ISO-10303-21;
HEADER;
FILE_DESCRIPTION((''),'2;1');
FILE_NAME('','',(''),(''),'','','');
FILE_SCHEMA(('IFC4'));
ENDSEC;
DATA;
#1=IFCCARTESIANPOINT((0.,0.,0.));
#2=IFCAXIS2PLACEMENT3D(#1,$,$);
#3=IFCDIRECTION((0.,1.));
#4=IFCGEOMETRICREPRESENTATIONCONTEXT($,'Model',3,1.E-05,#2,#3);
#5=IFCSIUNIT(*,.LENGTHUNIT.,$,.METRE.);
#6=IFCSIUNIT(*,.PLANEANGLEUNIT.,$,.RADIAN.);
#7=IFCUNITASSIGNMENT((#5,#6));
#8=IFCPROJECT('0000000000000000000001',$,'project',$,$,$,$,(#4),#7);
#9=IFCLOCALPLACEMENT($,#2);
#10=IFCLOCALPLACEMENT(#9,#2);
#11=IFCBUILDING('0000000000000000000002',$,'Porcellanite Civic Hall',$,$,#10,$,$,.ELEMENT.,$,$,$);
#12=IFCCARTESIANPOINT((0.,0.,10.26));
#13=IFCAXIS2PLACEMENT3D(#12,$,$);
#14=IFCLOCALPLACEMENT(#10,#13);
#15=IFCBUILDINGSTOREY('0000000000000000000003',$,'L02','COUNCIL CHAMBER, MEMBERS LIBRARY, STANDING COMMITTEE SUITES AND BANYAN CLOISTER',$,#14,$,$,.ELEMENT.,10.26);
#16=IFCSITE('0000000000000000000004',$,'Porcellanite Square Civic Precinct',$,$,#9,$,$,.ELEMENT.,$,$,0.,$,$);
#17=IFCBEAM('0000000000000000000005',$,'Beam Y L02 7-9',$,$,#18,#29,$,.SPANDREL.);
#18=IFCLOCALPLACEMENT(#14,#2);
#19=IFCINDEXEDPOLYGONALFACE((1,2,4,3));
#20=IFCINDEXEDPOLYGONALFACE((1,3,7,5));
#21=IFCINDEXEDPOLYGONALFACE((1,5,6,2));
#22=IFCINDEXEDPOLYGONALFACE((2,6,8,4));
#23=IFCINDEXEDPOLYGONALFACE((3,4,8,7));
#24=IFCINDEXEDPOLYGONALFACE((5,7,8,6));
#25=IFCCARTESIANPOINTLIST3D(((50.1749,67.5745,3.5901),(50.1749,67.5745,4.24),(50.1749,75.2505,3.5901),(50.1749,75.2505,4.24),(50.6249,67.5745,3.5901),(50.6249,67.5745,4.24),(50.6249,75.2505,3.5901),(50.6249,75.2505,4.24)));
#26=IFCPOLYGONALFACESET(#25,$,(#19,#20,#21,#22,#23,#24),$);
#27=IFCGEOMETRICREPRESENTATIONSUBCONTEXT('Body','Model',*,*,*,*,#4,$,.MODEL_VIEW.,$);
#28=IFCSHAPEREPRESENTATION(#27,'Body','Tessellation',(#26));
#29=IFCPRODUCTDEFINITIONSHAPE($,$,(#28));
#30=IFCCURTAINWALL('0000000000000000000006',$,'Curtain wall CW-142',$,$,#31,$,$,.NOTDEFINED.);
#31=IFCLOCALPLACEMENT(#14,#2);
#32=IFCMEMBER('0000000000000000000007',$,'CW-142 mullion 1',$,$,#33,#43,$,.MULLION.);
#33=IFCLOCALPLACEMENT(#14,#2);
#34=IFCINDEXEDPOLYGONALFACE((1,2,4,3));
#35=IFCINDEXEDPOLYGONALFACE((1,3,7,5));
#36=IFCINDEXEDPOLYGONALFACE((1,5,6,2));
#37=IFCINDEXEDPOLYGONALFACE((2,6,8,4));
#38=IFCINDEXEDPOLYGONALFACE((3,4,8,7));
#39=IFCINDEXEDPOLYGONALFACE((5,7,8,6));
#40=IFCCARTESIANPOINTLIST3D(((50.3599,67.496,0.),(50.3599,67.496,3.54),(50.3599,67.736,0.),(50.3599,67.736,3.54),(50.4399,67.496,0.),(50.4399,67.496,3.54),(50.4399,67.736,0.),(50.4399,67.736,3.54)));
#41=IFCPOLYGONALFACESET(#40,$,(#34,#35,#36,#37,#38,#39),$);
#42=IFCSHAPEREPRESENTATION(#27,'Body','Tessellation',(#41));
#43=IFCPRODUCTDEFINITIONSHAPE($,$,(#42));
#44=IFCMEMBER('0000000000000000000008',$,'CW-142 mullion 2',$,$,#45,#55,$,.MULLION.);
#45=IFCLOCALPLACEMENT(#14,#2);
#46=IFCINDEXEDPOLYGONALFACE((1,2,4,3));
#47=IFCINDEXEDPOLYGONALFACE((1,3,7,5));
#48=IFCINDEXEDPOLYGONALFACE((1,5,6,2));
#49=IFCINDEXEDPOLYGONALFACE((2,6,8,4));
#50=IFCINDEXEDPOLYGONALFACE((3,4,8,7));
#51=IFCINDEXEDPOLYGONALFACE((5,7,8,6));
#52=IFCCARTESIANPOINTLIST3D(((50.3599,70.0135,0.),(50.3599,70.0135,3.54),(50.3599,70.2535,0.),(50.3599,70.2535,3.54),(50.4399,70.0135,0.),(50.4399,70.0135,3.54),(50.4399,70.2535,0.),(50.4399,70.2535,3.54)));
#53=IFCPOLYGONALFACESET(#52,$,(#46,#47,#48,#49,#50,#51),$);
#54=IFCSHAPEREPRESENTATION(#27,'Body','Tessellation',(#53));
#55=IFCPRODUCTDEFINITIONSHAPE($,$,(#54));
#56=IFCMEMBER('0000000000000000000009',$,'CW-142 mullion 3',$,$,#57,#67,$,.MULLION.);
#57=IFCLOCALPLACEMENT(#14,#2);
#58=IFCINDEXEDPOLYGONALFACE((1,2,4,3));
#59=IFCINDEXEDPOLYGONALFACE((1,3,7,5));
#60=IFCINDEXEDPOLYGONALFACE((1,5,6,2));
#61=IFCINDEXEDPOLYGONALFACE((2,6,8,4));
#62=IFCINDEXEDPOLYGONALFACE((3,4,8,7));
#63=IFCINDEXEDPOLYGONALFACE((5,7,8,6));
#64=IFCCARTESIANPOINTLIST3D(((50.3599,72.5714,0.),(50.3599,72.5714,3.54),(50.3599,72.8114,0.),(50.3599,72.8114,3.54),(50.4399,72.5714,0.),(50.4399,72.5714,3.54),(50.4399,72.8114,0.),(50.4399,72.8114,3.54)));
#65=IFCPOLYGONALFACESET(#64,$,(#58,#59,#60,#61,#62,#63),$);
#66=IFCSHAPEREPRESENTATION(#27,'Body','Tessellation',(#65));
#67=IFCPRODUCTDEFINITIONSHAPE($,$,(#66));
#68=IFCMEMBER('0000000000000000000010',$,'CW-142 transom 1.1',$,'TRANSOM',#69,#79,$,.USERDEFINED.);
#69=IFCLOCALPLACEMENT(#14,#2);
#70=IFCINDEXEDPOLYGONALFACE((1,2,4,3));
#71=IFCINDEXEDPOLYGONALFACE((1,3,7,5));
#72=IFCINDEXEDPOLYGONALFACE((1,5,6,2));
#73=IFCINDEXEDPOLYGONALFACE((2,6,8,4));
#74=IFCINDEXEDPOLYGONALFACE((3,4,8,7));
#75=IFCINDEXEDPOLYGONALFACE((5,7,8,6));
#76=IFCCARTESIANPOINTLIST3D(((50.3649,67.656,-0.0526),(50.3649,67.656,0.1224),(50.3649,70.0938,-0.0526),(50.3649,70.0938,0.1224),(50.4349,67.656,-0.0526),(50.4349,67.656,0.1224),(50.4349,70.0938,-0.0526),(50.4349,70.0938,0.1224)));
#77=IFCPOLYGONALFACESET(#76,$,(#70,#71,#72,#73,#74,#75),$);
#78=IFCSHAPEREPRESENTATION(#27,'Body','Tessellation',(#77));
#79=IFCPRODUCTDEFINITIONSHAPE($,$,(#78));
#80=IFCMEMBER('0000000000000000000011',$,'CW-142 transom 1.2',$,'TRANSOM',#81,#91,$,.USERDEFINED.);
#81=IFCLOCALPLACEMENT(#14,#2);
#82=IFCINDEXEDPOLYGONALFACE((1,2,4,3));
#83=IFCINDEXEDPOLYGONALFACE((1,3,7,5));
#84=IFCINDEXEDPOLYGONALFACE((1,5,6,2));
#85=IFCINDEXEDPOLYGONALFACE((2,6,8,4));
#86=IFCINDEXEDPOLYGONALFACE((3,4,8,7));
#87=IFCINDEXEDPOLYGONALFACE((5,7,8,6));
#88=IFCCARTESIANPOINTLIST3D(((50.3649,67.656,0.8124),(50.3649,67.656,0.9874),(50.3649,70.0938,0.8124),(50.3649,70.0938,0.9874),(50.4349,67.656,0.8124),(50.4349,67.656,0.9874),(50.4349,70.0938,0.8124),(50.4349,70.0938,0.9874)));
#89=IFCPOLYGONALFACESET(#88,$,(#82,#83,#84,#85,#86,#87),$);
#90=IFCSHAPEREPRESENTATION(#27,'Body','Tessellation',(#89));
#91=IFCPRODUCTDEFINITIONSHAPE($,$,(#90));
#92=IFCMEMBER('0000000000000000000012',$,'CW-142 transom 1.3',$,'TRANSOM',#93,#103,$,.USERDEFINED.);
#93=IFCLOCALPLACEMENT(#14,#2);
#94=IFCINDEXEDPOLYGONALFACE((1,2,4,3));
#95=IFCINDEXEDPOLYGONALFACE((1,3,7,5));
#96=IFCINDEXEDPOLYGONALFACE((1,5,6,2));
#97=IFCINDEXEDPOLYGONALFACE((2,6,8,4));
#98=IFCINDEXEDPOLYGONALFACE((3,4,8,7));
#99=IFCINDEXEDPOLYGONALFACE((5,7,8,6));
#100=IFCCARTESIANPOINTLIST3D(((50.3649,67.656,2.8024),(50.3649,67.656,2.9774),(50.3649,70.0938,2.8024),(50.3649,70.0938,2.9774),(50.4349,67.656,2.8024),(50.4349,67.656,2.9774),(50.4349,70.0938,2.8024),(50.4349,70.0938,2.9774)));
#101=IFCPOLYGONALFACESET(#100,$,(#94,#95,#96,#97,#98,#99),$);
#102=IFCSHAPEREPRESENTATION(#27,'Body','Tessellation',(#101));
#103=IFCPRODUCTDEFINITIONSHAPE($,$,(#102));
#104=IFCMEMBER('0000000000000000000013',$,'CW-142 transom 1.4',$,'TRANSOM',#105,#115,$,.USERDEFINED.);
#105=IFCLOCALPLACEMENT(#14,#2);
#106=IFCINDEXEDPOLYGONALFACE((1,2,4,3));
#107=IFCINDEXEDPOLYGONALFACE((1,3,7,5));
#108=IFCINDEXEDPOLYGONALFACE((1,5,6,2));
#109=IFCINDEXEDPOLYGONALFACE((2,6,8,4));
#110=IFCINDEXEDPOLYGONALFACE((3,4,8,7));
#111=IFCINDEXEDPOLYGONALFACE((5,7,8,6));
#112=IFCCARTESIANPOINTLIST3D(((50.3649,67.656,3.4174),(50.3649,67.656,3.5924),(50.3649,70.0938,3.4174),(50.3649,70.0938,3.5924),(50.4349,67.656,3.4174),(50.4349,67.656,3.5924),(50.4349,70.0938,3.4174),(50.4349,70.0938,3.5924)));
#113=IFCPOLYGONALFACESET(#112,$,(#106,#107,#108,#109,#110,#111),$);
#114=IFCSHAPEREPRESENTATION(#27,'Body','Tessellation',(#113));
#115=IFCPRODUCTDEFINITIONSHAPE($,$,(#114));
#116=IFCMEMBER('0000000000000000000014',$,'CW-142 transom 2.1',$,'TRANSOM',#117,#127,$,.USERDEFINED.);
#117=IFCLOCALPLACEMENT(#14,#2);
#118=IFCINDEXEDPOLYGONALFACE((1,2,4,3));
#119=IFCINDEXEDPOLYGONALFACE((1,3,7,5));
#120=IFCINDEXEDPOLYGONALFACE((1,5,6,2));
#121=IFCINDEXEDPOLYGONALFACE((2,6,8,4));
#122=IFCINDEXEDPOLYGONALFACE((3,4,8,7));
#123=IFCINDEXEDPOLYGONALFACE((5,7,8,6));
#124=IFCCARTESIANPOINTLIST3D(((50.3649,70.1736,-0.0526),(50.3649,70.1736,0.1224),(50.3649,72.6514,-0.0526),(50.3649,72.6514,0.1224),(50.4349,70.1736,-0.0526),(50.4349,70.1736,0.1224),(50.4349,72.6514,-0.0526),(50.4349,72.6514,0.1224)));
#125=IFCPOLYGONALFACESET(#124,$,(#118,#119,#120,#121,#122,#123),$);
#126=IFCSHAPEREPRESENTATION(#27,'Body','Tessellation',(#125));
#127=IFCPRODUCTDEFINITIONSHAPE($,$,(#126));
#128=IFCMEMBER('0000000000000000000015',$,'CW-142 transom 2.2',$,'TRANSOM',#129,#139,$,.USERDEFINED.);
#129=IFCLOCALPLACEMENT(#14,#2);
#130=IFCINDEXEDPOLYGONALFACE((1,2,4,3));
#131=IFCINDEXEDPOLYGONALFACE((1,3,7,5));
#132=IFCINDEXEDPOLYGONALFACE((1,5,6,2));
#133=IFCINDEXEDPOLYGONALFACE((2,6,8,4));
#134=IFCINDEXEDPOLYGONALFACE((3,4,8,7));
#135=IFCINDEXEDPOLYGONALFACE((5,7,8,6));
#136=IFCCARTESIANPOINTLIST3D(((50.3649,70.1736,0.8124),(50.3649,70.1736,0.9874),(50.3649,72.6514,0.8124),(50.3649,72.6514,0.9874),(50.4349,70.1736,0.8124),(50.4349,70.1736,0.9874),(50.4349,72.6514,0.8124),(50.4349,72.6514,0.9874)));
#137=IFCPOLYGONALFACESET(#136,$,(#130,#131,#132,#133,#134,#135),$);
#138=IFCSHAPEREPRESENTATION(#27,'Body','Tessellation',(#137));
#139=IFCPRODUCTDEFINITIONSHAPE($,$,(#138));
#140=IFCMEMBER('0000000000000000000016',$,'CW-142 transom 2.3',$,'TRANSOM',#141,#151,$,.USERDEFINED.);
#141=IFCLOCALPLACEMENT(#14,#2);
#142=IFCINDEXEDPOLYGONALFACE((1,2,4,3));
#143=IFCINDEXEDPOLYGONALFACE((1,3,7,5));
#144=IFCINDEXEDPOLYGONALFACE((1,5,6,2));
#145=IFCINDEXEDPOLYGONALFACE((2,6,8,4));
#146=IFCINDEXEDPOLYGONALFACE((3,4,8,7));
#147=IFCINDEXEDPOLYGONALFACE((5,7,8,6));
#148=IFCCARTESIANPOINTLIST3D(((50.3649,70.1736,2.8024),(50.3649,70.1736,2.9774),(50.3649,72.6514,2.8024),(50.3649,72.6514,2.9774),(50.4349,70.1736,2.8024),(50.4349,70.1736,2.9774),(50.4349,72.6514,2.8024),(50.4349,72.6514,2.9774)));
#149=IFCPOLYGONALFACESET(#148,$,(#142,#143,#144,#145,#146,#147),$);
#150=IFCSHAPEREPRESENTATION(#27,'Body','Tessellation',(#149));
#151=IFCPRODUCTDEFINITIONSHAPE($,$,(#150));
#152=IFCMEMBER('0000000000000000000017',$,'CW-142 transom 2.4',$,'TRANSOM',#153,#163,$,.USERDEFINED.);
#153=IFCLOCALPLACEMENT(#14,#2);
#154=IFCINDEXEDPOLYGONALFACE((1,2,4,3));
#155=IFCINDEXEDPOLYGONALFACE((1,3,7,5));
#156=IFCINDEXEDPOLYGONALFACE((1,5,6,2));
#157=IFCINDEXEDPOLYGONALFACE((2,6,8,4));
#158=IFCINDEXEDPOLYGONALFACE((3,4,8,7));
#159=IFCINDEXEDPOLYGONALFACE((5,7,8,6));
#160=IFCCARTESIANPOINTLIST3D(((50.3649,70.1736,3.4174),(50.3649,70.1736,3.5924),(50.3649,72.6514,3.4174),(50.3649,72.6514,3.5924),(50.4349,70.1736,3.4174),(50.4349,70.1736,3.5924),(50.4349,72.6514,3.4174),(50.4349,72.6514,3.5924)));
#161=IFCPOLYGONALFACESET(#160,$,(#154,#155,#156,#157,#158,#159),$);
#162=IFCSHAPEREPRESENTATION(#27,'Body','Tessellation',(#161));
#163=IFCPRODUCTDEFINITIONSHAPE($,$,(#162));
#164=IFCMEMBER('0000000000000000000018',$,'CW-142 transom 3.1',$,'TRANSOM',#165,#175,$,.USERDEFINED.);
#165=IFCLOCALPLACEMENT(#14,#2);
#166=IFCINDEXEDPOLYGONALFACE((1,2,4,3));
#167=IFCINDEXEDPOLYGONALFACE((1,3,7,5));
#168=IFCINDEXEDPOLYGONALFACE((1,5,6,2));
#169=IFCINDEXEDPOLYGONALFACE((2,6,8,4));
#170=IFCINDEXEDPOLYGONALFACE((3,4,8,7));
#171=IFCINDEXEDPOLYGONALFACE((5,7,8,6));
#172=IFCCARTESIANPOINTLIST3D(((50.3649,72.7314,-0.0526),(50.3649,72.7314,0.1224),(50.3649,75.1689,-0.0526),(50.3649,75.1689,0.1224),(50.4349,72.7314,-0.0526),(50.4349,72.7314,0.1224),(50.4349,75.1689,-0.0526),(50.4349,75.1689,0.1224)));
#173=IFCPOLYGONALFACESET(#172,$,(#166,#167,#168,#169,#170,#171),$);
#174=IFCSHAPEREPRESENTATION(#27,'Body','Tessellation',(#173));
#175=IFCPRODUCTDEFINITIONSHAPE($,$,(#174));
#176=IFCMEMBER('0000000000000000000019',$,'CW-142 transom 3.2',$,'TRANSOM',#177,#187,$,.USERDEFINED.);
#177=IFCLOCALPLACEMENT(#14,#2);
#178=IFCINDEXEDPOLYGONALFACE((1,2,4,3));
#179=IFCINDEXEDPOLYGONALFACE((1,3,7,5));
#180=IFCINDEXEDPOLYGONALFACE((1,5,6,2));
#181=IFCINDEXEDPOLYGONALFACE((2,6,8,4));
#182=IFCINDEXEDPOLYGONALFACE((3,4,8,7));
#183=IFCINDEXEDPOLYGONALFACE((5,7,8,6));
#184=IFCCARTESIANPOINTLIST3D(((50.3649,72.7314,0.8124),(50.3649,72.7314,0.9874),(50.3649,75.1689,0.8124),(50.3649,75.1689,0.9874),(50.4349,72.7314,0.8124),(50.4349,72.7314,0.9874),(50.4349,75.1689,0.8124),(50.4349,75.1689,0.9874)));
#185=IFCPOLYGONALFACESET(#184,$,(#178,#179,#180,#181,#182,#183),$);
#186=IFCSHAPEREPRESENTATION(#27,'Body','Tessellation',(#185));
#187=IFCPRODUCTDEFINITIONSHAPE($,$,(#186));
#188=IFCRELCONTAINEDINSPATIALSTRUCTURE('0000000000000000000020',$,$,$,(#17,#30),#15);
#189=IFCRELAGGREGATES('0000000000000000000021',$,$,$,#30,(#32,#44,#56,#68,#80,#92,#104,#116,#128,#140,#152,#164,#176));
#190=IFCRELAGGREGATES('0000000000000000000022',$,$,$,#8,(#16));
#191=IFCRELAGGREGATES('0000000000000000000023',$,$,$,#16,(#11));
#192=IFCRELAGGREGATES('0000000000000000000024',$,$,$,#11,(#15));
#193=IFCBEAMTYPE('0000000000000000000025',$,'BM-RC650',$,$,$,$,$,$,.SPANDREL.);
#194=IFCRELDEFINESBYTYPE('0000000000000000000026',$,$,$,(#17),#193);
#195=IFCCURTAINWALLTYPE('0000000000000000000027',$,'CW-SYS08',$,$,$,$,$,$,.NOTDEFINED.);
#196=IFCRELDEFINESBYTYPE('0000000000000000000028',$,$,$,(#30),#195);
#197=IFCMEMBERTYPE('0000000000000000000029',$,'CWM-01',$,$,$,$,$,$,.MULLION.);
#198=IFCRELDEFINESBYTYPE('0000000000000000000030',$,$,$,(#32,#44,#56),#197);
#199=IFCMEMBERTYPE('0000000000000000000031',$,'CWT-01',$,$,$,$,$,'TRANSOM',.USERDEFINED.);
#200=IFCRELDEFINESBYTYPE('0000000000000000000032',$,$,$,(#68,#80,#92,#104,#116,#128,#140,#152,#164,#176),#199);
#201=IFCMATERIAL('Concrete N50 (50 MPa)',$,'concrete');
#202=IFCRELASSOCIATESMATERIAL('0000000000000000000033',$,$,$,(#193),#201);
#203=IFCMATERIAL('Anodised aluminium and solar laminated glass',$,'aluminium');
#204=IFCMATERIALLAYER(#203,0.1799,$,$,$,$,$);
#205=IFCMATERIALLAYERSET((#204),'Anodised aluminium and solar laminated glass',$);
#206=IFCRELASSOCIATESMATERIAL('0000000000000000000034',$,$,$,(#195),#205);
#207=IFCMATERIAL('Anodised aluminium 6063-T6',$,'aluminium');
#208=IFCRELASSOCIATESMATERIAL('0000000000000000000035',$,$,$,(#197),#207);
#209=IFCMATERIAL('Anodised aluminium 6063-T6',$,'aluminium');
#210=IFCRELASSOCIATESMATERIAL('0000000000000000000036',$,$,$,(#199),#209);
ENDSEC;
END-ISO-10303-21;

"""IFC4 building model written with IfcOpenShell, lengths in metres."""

from ifc_helpers import new_model, si_unit, direction, frame, origin, origin_2d, place, context, subcontext, project, spatial, rectangle, extrude, material, layer, layer_set, material_profile, profile_set, type_object, element, aggregate, save


model = new_model("IFC4")

# Units and contexts
model_context = context("Model", 3, precision=1e-05, world=origin(), true_north=direction((0.0, 1.0)))
body_context = subcontext(model_context, "Body", "Model", "MODEL_VIEW")
ifc_project = project(units=[si_unit("LENGTHUNIT", "METRE"), si_unit("PLANEANGLEUNIT", "RADIAN")], contexts=[model_context])

# Site, building, storey
site_placement = place(None, origin())
site = spatial("IfcSite", under=ifc_project, at=site_placement, Name="Porcellanite Square Civic Precinct", CompositionType="ELEMENT", RefElevation=0.0)
building_placement = place(site_placement, origin())
building = spatial("IfcBuilding", under=site, at=building_placement, Name="Porcellanite Civic Hall", CompositionType="ELEMENT")
storey_placement = place(building_placement, frame((0.0, 0.0, 10.26)))
storey = spatial("IfcBuildingStorey", under=building, at=storey_placement, Name="L02", Description="COUNCIL CHAMBER, MEMBERS LIBRARY, STANDING COMMITTEE SUITES AND BANYAN CLOISTER", CompositionType="ELEMENT", Elevation=10.26)

# Beam
ifc_material_1 = material(Name="Concrete N50 (50 MPa)", Category="concrete")
ifc_material_profile_1 = material_profile(ifc_material_1, rectangle(XDim=0.45, YDim=0.6499, at=origin_2d()), Name="RC-450x650")
ifc_profile_set_1 = profile_set([ifc_material_profile_1], Name="Concrete N50 (50 MPa)")
beam_type = type_object("IfcBeamType", Name="BM-RC650", PredefinedType="SPANDREL", material=ifc_profile_set_1)
beam_placement = place(storey_placement, frame((50.3999, 67.5745, 3.915), z_axis=(0.0, 1.0, 0.0), x_axis=(-1.0, 0.0, 0.0)))
element("IfcBeam", 1, at=beam_placement, inside=storey, type_object=beam_type, Name="Beam Y L02 7-9", PredefinedType="SPANDREL", context=body_context, shape_type="SweptSolid", body=[
    extrude(rectangle(XDim=0.45, YDim=0.6499, at=origin_2d()), origin(), (0.0, 0.0, 1.0), 7.676),
])

# Curtain wall, members
ifc_material_2 = material(Name="Anodised aluminium and solar laminated glass", Category="aluminium")
ifc_layer_1 = layer(ifc_material_2, 0.1799)
ifc_layer_set_1 = layer_set([ifc_layer_1], Name="Anodised aluminium and solar laminated glass")
curtain_wall_type = type_object("IfcCurtainWallType", Name="CW-SYS08", PredefinedType="NOTDEFINED", material=ifc_layer_set_1)
curtain_wall_placement = place(storey_placement, origin())
curtain_wall = element("IfcCurtainWall", 2, at=curtain_wall_placement, inside=storey, type_object=curtain_wall_type, Name="Curtain wall CW-142", PredefinedType="NOTDEFINED")
ifc_material_3 = material(Name="Anodised aluminium 6063-T6", Category="aluminium")
ifc_material_profile_2 = material_profile(ifc_material_3, rectangle(XDim=0.0801, YDim=0.24, at=origin_2d()), Name="AL-80x240")
ifc_profile_set_2 = profile_set([ifc_material_profile_2], Name="Anodised aluminium 6063-T6")
member_type_1 = type_object("IfcMemberType", Name="CWM-01", PredefinedType="MULLION", material=ifc_profile_set_2)
member_1_placement = place(storey_placement, frame((50.3999, 67.616, 0.0), z_axis=(0.0, 0.0, 1.0), x_axis=(-1.0, 0.0, 0.0)))
member_1 = element("IfcMember", 3, at=member_1_placement, type_object=member_type_1, Name="CW-142 mullion 1", PredefinedType="MULLION", context=body_context, shape_type="SweptSolid", body=[
    extrude(rectangle(XDim=0.0801, YDim=0.24, at=origin_2d()), origin(), (0.0, 0.0, 1.0), 3.54),
])
member_2_placement = place(storey_placement, frame((50.3999, 70.1335, 0.0), z_axis=(0.0, 0.0, 1.0), x_axis=(-1.0, 0.0, 0.0)))
member_2 = element("IfcMember", 4, at=member_2_placement, type_object=member_type_1, Name="CW-142 mullion 2", PredefinedType="MULLION", context=body_context, shape_type="SweptSolid", body=[
    extrude(rectangle(XDim=0.0801, YDim=0.24, at=origin_2d()), origin(), (0.0, 0.0, 1.0), 3.54),
])
member_3_placement = place(storey_placement, frame((50.3999, 72.6914, 0.0), z_axis=(0.0, 0.0, 1.0), x_axis=(-1.0, 0.0, 0.0)))
member_3 = element("IfcMember", 5, at=member_3_placement, type_object=member_type_1, Name="CW-142 mullion 3", PredefinedType="MULLION", context=body_context, shape_type="SweptSolid", body=[
    extrude(rectangle(XDim=0.0801, YDim=0.24, at=origin_2d()), origin(), (0.0, 0.0, 1.0), 3.54),
])
ifc_material_4 = material(Name="Anodised aluminium 6063-T6", Category="aluminium")
ifc_material_profile_3 = material_profile(ifc_material_4, rectangle(XDim=0.0701, YDim=0.175, at=origin_2d()), Name="AL-70x175")
ifc_profile_set_3 = profile_set([ifc_material_profile_3], Name="Anodised aluminium 6063-T6")
member_type_2 = type_object("IfcMemberType", Name="CWT-01", ElementType="TRANSOM", PredefinedType="USERDEFINED", material=ifc_profile_set_3)
member_4_placement = place(storey_placement, frame((50.3999, 67.656, 0.0349), z_axis=(0.0, 1.0, 0.0), x_axis=(-1.0, 0.0, 0.0)))
member_4 = element("IfcMember", 6, at=member_4_placement, type_object=member_type_2, Name="CW-142 transom 1.1", ObjectType="TRANSOM", PredefinedType="USERDEFINED", context=body_context, shape_type="SweptSolid", body=[
    extrude(rectangle(XDim=0.0701, YDim=0.175, at=origin_2d()), origin(), (0.0, 0.0, 1.0), 2.4377),
])
member_5_placement = place(storey_placement, frame((50.3999, 67.656, 0.8999), z_axis=(0.0, 1.0, 0.0), x_axis=(-1.0, 0.0, 0.0)))
member_5 = element("IfcMember", 7, at=member_5_placement, type_object=member_type_2, Name="CW-142 transom 1.2", ObjectType="TRANSOM", PredefinedType="USERDEFINED", context=body_context, shape_type="SweptSolid", body=[
    extrude(rectangle(XDim=0.0701, YDim=0.175, at=origin_2d()), origin(), (0.0, 0.0, 1.0), 2.4377),
])
member_6_placement = place(storey_placement, frame((50.3999, 67.656, 2.8899), z_axis=(0.0, 1.0, 0.0), x_axis=(-1.0, 0.0, 0.0)))
member_6 = element("IfcMember", 8, at=member_6_placement, type_object=member_type_2, Name="CW-142 transom 1.3", ObjectType="TRANSOM", PredefinedType="USERDEFINED", context=body_context, shape_type="SweptSolid", body=[
    extrude(rectangle(XDim=0.0701, YDim=0.175, at=origin_2d()), origin(), (0.0, 0.0, 1.0), 2.4377),
])
member_7_placement = place(storey_placement, frame((50.3999, 67.656, 3.5049), z_axis=(0.0, 1.0, 0.0), x_axis=(-1.0, 0.0, 0.0)))
member_7 = element("IfcMember", 9, at=member_7_placement, type_object=member_type_2, Name="CW-142 transom 1.4", ObjectType="TRANSOM", PredefinedType="USERDEFINED", context=body_context, shape_type="SweptSolid", body=[
    extrude(rectangle(XDim=0.0701, YDim=0.175, at=origin_2d()), origin(), (0.0, 0.0, 1.0), 2.4377),
])
member_8_placement = place(storey_placement, frame((50.3999, 70.1736, 0.0349), z_axis=(0.0, 1.0, 0.0), x_axis=(-1.0, 0.0, 0.0)))
member_8 = element("IfcMember", 10, at=member_8_placement, type_object=member_type_2, Name="CW-142 transom 2.1", ObjectType="TRANSOM", PredefinedType="USERDEFINED", context=body_context, shape_type="SweptSolid", body=[
    extrude(rectangle(XDim=0.0701, YDim=0.175, at=origin_2d()), origin(), (0.0, 0.0, 1.0), 2.4778),
])
member_9_placement = place(storey_placement, frame((50.3999, 70.1736, 0.8999), z_axis=(0.0, 1.0, 0.0), x_axis=(-1.0, 0.0, 0.0)))
member_9 = element("IfcMember", 11, at=member_9_placement, type_object=member_type_2, Name="CW-142 transom 2.2", ObjectType="TRANSOM", PredefinedType="USERDEFINED", context=body_context, shape_type="SweptSolid", body=[
    extrude(rectangle(XDim=0.0701, YDim=0.175, at=origin_2d()), origin(), (0.0, 0.0, 1.0), 2.4778),
])
member_10_placement = place(storey_placement, frame((50.3999, 70.1736, 2.8899), z_axis=(0.0, 1.0, 0.0), x_axis=(-1.0, 0.0, 0.0)))
member_10 = element("IfcMember", 12, at=member_10_placement, type_object=member_type_2, Name="CW-142 transom 2.3", ObjectType="TRANSOM", PredefinedType="USERDEFINED", context=body_context, shape_type="SweptSolid", body=[
    extrude(rectangle(XDim=0.0701, YDim=0.175, at=origin_2d()), origin(), (0.0, 0.0, 1.0), 2.4778),
])
member_11_placement = place(storey_placement, frame((50.3999, 70.1736, 3.5049), z_axis=(0.0, 1.0, 0.0), x_axis=(-1.0, 0.0, 0.0)))
member_11 = element("IfcMember", 13, at=member_11_placement, type_object=member_type_2, Name="CW-142 transom 2.4", ObjectType="TRANSOM", PredefinedType="USERDEFINED", context=body_context, shape_type="SweptSolid", body=[
    extrude(rectangle(XDim=0.0701, YDim=0.175, at=origin_2d()), origin(), (0.0, 0.0, 1.0), 2.4778),
])
member_12_placement = place(storey_placement, frame((50.3999, 72.7314, 0.0349), z_axis=(0.0, 1.0, 0.0), x_axis=(-1.0, 0.0, 0.0)))
member_12 = element("IfcMember", 14, at=member_12_placement, type_object=member_type_2, Name="CW-142 transom 3.1", ObjectType="TRANSOM", PredefinedType="USERDEFINED", context=body_context, shape_type="SweptSolid", body=[
    extrude(rectangle(XDim=0.0701, YDim=0.175, at=origin_2d()), origin(), (0.0, 0.0, 1.0), 2.4375),
])
member_13_placement = place(storey_placement, frame((50.3999, 72.7314, 0.8999), z_axis=(0.0, 1.0, 0.0), x_axis=(-1.0, 0.0, 0.0)))
member_13 = element("IfcMember", 15, at=member_13_placement, type_object=member_type_2, Name="CW-142 transom 3.2", ObjectType="TRANSOM", PredefinedType="USERDEFINED", context=body_context, shape_type="SweptSolid", body=[
    extrude(rectangle(XDim=0.0701, YDim=0.175, at=origin_2d()), origin(), (0.0, 0.0, 1.0), 2.4375),
])

aggregate(curtain_wall, [member_1, member_2, member_3, member_4, member_5, member_6, member_7, member_8, member_9, member_10, member_11, member_12, member_13])

save(model, "model.ifc")
